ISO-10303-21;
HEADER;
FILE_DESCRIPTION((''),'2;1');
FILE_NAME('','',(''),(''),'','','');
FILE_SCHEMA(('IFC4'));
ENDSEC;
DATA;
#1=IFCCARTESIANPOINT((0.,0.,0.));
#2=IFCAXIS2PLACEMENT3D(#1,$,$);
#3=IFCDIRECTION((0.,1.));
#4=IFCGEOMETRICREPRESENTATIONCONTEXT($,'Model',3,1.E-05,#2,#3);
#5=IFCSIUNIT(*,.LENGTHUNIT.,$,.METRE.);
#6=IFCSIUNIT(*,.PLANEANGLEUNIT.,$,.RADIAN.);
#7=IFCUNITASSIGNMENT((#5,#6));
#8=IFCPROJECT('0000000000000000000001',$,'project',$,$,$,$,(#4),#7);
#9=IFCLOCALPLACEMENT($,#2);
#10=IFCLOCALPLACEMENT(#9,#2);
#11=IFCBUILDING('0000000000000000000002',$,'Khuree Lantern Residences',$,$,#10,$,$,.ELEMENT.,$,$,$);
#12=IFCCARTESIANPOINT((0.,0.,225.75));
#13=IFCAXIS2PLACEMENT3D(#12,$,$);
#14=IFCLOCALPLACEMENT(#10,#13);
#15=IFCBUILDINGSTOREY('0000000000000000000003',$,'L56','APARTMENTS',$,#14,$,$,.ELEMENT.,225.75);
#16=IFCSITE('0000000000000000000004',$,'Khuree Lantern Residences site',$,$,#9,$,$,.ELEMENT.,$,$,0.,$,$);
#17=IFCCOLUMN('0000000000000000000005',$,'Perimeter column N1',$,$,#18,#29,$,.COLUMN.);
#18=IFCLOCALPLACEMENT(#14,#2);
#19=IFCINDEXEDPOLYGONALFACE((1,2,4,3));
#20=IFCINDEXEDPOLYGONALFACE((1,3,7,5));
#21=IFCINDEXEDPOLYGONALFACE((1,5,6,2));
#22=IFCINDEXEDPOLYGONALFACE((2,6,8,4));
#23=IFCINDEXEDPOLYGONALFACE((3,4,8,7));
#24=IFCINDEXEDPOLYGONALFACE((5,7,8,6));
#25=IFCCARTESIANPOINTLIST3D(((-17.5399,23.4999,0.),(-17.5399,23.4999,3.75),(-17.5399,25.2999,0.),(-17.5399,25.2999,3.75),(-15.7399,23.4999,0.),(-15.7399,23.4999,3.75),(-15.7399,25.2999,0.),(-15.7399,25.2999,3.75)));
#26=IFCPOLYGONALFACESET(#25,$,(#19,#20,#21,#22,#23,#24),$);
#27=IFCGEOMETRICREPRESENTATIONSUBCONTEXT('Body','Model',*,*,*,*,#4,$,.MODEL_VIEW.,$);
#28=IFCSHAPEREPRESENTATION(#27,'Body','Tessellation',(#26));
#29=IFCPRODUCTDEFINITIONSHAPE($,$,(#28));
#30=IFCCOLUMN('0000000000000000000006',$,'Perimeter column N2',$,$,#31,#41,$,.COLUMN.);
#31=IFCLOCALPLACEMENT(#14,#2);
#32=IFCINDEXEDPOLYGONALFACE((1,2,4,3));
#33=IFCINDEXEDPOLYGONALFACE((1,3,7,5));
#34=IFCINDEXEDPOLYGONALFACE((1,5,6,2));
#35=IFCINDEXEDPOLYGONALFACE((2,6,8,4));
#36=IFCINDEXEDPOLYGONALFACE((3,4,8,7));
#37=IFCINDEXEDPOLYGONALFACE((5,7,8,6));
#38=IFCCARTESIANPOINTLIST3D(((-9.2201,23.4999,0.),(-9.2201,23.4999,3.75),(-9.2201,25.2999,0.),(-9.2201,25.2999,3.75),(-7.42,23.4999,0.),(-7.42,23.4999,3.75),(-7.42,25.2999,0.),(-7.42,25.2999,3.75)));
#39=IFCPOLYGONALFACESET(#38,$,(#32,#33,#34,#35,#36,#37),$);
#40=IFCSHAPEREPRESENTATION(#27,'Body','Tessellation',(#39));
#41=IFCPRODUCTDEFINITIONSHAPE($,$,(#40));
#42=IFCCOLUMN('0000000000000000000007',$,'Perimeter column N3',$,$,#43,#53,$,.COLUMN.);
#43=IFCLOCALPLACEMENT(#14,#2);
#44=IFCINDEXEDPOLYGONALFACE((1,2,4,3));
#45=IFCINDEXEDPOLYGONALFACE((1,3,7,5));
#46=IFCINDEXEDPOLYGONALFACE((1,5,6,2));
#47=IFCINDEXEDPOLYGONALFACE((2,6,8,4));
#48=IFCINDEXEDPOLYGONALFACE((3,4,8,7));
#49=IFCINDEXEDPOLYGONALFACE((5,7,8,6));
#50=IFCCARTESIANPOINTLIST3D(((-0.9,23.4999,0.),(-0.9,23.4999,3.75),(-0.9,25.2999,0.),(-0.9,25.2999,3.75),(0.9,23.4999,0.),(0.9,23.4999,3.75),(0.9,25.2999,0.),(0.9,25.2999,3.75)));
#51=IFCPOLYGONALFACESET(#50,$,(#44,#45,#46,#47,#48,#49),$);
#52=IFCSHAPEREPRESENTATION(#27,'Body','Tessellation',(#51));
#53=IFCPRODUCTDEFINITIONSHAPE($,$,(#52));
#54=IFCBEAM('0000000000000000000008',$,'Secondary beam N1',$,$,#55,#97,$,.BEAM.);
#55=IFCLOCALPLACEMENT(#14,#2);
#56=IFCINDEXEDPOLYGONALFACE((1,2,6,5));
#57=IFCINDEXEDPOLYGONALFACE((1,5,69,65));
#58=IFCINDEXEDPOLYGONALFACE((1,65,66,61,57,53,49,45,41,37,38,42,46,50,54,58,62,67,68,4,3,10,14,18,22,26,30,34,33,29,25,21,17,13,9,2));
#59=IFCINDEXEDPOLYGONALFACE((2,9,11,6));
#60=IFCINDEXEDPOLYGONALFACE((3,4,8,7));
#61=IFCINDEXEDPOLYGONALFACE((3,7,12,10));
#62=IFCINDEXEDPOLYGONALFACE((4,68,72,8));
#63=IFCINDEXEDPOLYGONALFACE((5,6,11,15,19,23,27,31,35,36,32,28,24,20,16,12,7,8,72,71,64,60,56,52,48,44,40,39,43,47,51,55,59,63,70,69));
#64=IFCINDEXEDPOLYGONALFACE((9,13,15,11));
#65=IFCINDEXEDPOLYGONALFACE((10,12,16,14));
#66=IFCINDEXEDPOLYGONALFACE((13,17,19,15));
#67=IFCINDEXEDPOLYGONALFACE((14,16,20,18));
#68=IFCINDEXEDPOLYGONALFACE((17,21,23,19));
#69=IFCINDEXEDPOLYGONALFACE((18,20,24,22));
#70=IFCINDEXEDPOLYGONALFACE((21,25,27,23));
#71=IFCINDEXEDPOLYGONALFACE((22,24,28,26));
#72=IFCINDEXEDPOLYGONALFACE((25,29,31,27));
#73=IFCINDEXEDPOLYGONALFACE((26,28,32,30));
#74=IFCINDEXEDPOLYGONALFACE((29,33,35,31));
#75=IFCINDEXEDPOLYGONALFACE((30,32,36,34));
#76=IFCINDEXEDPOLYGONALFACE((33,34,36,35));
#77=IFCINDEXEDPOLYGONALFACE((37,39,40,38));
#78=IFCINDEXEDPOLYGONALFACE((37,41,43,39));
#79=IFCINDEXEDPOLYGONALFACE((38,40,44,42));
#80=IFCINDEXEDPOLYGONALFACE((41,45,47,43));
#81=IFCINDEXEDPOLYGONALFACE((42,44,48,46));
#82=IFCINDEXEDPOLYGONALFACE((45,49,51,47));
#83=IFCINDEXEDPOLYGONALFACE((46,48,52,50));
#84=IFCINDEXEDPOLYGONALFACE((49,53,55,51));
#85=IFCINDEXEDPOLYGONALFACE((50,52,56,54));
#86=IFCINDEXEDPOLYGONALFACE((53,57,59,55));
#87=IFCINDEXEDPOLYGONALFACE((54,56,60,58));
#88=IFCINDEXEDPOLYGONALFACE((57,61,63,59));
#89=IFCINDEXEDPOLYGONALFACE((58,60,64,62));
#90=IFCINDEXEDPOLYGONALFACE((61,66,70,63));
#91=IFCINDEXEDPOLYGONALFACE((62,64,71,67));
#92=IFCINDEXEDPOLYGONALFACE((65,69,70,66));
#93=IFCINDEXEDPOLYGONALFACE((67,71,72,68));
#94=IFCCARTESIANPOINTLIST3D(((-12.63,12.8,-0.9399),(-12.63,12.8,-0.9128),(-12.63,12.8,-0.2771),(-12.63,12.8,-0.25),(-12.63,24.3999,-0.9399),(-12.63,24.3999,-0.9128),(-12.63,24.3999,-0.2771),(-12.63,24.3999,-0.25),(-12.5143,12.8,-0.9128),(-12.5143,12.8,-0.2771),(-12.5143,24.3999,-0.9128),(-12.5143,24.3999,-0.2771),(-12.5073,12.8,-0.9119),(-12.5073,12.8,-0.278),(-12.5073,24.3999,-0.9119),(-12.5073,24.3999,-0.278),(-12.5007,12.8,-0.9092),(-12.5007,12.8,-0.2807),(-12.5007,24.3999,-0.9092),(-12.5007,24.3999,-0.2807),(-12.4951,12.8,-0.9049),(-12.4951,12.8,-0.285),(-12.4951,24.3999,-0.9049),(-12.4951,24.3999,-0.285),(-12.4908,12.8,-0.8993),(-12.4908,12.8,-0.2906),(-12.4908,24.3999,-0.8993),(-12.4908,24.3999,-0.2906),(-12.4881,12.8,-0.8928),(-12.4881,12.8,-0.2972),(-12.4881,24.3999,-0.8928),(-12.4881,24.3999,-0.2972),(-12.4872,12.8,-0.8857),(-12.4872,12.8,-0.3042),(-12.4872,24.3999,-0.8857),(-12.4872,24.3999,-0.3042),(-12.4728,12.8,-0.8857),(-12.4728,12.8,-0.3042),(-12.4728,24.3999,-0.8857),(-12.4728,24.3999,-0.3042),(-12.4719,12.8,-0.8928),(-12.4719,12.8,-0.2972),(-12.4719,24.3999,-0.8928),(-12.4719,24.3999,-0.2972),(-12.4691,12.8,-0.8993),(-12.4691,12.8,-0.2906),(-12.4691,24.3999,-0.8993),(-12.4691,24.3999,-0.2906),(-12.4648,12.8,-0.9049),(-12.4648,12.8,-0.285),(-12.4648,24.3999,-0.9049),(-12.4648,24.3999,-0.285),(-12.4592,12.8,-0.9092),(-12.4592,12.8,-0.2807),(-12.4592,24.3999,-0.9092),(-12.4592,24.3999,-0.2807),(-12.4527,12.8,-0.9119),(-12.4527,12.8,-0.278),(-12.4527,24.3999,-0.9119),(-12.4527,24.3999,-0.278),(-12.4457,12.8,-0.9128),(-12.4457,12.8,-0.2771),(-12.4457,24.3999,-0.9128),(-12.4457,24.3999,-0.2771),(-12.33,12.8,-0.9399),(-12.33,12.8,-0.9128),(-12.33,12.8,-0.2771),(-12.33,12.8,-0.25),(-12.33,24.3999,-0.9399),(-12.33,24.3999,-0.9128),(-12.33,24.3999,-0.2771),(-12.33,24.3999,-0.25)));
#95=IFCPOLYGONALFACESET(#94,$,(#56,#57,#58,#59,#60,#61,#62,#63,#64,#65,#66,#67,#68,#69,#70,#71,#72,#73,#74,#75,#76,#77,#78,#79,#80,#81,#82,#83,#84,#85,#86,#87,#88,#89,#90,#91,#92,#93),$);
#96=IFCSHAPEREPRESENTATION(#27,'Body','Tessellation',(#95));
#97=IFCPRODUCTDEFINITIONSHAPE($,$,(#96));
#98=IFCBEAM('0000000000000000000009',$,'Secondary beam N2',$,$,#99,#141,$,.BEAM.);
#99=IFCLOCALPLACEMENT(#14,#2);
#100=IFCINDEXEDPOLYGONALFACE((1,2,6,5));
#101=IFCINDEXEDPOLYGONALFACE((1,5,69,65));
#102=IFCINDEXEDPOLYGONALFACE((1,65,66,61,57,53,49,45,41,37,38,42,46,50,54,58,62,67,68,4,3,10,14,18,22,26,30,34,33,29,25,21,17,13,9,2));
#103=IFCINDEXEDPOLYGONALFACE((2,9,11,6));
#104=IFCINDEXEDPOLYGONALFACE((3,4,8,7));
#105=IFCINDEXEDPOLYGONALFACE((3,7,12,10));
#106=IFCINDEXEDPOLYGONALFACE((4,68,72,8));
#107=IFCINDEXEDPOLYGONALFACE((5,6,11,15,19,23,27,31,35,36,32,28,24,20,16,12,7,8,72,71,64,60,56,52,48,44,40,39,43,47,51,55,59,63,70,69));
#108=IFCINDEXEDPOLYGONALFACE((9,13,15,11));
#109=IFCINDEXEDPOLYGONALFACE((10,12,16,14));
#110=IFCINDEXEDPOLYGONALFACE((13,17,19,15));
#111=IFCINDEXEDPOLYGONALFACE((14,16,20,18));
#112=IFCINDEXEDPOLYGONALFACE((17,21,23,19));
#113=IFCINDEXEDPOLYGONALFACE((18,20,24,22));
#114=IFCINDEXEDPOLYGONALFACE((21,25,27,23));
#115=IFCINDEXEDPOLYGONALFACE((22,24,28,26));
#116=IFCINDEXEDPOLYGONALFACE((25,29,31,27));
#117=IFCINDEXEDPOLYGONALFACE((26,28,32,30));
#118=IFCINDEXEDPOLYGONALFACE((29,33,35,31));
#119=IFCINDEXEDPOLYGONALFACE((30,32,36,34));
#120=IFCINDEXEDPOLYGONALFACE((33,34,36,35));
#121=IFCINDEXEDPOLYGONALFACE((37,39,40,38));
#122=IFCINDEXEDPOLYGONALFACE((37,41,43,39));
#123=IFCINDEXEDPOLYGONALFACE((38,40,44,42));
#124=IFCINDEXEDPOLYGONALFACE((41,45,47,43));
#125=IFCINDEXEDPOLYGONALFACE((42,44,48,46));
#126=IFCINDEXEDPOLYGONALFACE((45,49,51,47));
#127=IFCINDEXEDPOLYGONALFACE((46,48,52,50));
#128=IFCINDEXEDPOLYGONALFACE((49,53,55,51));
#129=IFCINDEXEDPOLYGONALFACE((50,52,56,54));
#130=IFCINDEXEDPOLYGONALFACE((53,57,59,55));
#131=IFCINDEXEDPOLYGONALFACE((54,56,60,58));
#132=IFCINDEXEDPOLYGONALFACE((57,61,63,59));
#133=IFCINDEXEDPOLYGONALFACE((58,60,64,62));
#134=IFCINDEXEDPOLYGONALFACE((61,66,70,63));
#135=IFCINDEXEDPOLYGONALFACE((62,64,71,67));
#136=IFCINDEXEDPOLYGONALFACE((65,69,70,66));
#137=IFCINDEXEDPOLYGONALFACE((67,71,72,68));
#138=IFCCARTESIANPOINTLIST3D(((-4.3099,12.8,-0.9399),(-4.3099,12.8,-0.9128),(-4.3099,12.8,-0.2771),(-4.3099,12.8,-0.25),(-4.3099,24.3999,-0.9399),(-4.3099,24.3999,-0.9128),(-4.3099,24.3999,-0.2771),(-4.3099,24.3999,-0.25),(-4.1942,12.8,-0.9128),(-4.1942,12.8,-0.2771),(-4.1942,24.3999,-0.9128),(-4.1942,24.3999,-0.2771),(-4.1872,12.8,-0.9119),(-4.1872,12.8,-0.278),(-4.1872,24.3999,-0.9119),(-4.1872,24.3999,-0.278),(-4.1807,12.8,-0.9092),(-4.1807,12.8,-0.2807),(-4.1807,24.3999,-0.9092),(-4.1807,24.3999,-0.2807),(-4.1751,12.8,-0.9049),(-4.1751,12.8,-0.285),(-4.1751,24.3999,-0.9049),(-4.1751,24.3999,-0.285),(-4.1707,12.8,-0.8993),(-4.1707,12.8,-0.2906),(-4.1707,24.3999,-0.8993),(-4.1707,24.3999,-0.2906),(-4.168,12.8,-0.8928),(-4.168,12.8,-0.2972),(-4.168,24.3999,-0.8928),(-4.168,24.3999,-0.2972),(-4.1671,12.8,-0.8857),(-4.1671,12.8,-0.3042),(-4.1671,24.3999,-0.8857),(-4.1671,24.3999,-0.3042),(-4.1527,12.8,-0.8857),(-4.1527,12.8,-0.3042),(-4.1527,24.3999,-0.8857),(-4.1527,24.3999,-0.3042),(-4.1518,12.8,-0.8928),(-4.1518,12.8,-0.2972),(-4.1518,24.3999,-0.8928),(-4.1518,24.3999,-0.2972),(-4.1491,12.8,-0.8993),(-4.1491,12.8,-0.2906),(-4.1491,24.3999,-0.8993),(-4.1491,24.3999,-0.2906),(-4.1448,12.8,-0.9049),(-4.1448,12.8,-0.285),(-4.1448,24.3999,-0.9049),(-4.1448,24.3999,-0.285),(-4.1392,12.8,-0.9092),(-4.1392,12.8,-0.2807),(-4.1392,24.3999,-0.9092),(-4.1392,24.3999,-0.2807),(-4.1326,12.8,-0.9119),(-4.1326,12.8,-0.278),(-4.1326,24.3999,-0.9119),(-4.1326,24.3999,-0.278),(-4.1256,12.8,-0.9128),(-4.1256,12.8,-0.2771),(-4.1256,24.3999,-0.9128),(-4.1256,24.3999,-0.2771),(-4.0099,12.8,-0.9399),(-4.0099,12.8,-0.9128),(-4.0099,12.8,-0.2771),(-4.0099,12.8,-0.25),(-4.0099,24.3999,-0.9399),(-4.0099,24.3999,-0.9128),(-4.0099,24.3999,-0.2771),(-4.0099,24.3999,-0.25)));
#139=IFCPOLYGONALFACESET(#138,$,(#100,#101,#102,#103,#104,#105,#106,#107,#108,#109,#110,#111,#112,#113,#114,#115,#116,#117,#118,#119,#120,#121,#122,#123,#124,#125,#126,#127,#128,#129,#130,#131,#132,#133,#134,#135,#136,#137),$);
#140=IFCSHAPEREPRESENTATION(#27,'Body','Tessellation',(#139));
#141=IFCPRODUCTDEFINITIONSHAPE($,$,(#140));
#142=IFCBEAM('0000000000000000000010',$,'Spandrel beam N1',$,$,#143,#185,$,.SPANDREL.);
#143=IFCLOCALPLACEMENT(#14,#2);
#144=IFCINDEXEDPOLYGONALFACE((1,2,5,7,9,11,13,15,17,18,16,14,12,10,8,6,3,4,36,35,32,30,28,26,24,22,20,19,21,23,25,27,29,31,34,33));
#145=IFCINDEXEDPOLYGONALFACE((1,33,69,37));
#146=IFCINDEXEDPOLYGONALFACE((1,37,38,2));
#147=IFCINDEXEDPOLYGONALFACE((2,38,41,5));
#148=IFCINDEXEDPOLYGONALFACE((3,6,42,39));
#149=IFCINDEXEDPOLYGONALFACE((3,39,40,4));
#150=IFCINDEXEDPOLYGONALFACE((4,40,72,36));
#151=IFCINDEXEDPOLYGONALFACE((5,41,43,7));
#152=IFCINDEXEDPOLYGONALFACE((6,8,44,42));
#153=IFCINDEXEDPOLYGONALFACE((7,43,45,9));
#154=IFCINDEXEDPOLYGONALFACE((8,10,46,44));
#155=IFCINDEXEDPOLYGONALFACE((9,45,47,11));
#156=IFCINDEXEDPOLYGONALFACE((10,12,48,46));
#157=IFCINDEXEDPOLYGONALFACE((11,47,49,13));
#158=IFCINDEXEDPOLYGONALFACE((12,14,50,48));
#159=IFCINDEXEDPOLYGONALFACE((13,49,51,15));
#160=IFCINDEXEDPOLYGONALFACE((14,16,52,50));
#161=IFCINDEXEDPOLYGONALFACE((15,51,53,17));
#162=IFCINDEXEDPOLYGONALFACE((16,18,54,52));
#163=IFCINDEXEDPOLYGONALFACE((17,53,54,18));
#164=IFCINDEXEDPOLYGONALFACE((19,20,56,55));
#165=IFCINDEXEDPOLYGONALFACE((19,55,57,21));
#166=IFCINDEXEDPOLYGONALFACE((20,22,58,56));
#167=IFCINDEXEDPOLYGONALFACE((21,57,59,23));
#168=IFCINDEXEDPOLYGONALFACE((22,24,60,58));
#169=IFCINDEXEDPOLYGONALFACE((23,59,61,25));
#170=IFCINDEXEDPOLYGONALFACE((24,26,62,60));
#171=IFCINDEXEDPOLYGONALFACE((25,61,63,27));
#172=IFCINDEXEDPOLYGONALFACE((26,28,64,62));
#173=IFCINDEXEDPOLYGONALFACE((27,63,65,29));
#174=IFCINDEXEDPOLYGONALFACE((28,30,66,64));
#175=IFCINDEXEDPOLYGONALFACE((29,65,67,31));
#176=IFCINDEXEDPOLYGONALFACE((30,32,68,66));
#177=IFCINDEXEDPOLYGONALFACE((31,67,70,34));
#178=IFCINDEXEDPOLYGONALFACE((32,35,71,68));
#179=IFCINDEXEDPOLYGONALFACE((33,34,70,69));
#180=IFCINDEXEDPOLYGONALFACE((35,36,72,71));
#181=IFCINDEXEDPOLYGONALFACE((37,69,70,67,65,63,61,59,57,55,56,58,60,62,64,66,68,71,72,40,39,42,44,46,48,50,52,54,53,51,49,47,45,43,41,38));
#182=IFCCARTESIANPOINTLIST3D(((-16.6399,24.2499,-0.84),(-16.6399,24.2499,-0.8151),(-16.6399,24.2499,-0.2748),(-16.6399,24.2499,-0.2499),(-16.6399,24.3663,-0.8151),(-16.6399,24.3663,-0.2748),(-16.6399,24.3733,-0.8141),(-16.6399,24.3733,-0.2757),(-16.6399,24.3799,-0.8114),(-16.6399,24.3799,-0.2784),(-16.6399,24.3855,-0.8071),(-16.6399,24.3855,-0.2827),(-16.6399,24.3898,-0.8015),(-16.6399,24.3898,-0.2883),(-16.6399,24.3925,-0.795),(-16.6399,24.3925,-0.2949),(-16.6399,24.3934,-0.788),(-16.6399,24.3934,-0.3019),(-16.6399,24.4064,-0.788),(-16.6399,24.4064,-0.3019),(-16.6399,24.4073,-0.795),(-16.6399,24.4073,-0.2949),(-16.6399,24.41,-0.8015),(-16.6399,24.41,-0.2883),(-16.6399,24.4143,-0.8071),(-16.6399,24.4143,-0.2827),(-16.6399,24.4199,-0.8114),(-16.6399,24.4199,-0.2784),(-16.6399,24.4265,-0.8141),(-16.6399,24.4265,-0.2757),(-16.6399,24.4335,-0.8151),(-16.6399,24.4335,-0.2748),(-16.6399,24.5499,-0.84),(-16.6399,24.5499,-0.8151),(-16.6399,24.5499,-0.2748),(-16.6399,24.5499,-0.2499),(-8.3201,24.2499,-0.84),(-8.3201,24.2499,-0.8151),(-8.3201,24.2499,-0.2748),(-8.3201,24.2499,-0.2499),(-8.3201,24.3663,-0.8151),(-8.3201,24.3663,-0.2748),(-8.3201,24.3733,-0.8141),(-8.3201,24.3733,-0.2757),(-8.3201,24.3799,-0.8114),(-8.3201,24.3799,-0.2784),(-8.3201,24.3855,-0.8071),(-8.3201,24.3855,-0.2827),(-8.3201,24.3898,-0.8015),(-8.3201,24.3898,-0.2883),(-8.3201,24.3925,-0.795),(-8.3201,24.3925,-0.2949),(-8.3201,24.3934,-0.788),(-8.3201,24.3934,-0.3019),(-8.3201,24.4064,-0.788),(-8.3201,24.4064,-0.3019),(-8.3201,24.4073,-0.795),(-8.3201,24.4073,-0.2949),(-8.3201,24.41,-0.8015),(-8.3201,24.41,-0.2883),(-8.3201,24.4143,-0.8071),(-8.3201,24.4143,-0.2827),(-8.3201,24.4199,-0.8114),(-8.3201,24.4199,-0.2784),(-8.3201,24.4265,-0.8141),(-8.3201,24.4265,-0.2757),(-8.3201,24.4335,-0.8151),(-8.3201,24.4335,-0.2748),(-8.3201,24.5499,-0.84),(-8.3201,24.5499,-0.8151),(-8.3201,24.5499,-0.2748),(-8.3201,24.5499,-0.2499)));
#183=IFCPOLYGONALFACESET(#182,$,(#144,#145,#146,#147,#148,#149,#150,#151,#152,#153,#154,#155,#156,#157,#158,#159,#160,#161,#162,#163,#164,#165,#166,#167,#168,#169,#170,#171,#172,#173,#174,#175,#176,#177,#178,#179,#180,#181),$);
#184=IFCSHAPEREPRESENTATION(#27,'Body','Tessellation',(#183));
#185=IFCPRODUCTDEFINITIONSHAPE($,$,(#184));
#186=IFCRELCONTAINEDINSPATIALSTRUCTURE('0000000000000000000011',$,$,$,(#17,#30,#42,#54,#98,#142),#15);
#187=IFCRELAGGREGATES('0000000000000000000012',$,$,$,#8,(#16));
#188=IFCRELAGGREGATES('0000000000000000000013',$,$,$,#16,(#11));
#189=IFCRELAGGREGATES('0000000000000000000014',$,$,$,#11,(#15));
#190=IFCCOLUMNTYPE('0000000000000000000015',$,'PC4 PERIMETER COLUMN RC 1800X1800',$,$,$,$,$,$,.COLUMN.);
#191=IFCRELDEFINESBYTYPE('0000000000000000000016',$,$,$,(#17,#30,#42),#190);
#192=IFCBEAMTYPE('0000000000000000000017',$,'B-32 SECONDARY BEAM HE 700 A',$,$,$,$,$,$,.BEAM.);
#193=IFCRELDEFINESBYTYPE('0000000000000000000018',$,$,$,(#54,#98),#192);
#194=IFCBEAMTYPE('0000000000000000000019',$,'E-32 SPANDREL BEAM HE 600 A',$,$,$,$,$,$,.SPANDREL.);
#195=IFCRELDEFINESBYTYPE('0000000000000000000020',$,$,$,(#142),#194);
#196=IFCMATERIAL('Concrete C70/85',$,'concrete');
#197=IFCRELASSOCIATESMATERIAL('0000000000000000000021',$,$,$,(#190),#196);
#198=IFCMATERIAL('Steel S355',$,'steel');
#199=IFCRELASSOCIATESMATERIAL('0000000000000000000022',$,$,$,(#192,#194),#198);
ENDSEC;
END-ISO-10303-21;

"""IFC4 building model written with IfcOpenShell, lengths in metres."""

from ifc_helpers import new_model, si_unit, direction, frame, origin, origin_2d, place, context, subcontext, project, spatial, rectangle, i_section, extrude, material, material_profile, profile_set, type_object, element, save


model = new_model("IFC4")

# Units and contexts
model_context = context("Model", 3, precision=1e-05, world=origin(), true_north=direction((0.0, 1.0)))
body_context = subcontext(model_context, "Body", "Model", "MODEL_VIEW")
ifc_project = project(units=[si_unit("LENGTHUNIT", "METRE"), si_unit("PLANEANGLEUNIT", "RADIAN")], contexts=[model_context])

# Site, building, storey
site_placement = place(None, origin())
site = spatial("IfcSite", under=ifc_project, at=site_placement, Name="Khuree Lantern Residences site", CompositionType="ELEMENT", RefElevation=0.0)
building_placement = place(site_placement, origin())
building = spatial("IfcBuilding", under=site, at=building_placement, Name="Khuree Lantern Residences", CompositionType="ELEMENT")
storey_placement = place(building_placement, frame((0.0, 0.0, 225.75)))
storey = spatial("IfcBuildingStorey", under=building, at=storey_placement, Name="L56", Description="APARTMENTS", CompositionType="ELEMENT", Elevation=225.75)

# Columns
ifc_material_1 = material(Name="Concrete C70/85", Category="concrete")
ifc_material_profile_1 = material_profile(ifc_material_1, rectangle(XDim=1.8, YDim=1.8, at=origin_2d()), Name="RC 1800X1800")
ifc_profile_set_1 = profile_set([ifc_material_profile_1], Name="Concrete C70/85")
column_type = type_object("IfcColumnType", Name="PC4 PERIMETER COLUMN RC 1800X1800", PredefinedType="COLUMN", material=ifc_profile_set_1)
for number, where, z_axis, x_axis, name in (
    (1, (-16.6399, 24.3999, 0.0), (0.0, 0.0, 1.0), (1.0, 0.0, 0.0), "Perimeter column N1"),
    (2, (-8.3201, 24.3999, 0.0), (0.0, 0.0, 1.0), (1.0, 0.0, 0.0), "Perimeter column N2"),
    (3, (0.0, 24.3999, 0.0), (0.0, 0.0, 1.0), (1.0, 0.0, 0.0), "Perimeter column N3"),
):
    element("IfcColumn", number, at=place(storey_placement, frame(where, z_axis=z_axis, x_axis=x_axis)), inside=storey, type_object=column_type, Name=name, PredefinedType="COLUMN", context=body_context, shape_type="SweptSolid", body=[
        extrude(rectangle(XDim=1.8, YDim=1.8, at=origin_2d()), origin(), (0.0, 0.0, 1.0), 3.75),
    ])

# Beams
ifc_material_2 = material(Name="Steel S355", Category="steel")
ifc_material_profile_2 = material_profile(ifc_material_2, i_section(OverallWidth=0.3, OverallDepth=0.6899, WebThickness=0.0144, FlangeThickness=0.0271, FilletRadius=0.0271, at=origin_2d()), Name="HE 700 A")
ifc_profile_set_2 = profile_set([ifc_material_profile_2], Name="Steel S355")
beam_type_1 = type_object("IfcBeamType", Name="B-32 SECONDARY BEAM HE 700 A", PredefinedType="BEAM", material=ifc_profile_set_2)
for number, where, z_axis, x_axis, name in (
    (4, (-12.48, 24.3999, -0.595), (0.0, -1.0, 0.0), (1.0, 0.0, 0.0), "Secondary beam N1"),
    (5, (-4.1599, 24.3999, -0.595), (0.0, -1.0, 0.0), (1.0, 0.0, 0.0), "Secondary beam N2"),
):
    element("IfcBeam", number, at=place(storey_placement, frame(where, z_axis=z_axis, x_axis=x_axis)), inside=storey, type_object=beam_type_1, Name=name, PredefinedType="BEAM", context=body_context, shape_type="SweptSolid", body=[
        extrude(i_section(OverallWidth=0.3, OverallDepth=0.6899, WebThickness=0.0144, FlangeThickness=0.0271, FilletRadius=0.0271, at=origin_2d()), origin(), (0.0, 0.0, 1.0), 11.5999),
    ])
ifc_material_profile_3 = material_profile(ifc_material_2, i_section(OverallWidth=0.3, OverallDepth=0.5901, WebThickness=0.0129, FlangeThickness=0.0249, FilletRadius=0.0271, at=origin_2d()), Name="HE 600 A")
ifc_profile_set_3 = profile_set([ifc_material_profile_3], Name="Steel S355")
beam_type_2 = type_object("IfcBeamType", Name="E-32 SPANDREL BEAM HE 600 A", PredefinedType="SPANDREL", material=ifc_profile_set_3)
beam_1_placement = place(storey_placement, frame((-16.6399, 24.3999, -0.5449), z_axis=(1.0, 0.0, 0.0), x_axis=(0.0, 1.0, 0.0)))
element("IfcBeam", 6, at=beam_1_placement, inside=storey, type_object=beam_type_2, Name="Spandrel beam N1", PredefinedType="SPANDREL", context=body_context, shape_type="SweptSolid", body=[
    extrude(i_section(OverallWidth=0.3, OverallDepth=0.5901, WebThickness=0.0129, FlangeThickness=0.0249, FilletRadius=0.0271, at=origin_2d()), origin(), (0.0, 0.0, 1.0), 8.3198),
])

save(model, "model.ifc")
